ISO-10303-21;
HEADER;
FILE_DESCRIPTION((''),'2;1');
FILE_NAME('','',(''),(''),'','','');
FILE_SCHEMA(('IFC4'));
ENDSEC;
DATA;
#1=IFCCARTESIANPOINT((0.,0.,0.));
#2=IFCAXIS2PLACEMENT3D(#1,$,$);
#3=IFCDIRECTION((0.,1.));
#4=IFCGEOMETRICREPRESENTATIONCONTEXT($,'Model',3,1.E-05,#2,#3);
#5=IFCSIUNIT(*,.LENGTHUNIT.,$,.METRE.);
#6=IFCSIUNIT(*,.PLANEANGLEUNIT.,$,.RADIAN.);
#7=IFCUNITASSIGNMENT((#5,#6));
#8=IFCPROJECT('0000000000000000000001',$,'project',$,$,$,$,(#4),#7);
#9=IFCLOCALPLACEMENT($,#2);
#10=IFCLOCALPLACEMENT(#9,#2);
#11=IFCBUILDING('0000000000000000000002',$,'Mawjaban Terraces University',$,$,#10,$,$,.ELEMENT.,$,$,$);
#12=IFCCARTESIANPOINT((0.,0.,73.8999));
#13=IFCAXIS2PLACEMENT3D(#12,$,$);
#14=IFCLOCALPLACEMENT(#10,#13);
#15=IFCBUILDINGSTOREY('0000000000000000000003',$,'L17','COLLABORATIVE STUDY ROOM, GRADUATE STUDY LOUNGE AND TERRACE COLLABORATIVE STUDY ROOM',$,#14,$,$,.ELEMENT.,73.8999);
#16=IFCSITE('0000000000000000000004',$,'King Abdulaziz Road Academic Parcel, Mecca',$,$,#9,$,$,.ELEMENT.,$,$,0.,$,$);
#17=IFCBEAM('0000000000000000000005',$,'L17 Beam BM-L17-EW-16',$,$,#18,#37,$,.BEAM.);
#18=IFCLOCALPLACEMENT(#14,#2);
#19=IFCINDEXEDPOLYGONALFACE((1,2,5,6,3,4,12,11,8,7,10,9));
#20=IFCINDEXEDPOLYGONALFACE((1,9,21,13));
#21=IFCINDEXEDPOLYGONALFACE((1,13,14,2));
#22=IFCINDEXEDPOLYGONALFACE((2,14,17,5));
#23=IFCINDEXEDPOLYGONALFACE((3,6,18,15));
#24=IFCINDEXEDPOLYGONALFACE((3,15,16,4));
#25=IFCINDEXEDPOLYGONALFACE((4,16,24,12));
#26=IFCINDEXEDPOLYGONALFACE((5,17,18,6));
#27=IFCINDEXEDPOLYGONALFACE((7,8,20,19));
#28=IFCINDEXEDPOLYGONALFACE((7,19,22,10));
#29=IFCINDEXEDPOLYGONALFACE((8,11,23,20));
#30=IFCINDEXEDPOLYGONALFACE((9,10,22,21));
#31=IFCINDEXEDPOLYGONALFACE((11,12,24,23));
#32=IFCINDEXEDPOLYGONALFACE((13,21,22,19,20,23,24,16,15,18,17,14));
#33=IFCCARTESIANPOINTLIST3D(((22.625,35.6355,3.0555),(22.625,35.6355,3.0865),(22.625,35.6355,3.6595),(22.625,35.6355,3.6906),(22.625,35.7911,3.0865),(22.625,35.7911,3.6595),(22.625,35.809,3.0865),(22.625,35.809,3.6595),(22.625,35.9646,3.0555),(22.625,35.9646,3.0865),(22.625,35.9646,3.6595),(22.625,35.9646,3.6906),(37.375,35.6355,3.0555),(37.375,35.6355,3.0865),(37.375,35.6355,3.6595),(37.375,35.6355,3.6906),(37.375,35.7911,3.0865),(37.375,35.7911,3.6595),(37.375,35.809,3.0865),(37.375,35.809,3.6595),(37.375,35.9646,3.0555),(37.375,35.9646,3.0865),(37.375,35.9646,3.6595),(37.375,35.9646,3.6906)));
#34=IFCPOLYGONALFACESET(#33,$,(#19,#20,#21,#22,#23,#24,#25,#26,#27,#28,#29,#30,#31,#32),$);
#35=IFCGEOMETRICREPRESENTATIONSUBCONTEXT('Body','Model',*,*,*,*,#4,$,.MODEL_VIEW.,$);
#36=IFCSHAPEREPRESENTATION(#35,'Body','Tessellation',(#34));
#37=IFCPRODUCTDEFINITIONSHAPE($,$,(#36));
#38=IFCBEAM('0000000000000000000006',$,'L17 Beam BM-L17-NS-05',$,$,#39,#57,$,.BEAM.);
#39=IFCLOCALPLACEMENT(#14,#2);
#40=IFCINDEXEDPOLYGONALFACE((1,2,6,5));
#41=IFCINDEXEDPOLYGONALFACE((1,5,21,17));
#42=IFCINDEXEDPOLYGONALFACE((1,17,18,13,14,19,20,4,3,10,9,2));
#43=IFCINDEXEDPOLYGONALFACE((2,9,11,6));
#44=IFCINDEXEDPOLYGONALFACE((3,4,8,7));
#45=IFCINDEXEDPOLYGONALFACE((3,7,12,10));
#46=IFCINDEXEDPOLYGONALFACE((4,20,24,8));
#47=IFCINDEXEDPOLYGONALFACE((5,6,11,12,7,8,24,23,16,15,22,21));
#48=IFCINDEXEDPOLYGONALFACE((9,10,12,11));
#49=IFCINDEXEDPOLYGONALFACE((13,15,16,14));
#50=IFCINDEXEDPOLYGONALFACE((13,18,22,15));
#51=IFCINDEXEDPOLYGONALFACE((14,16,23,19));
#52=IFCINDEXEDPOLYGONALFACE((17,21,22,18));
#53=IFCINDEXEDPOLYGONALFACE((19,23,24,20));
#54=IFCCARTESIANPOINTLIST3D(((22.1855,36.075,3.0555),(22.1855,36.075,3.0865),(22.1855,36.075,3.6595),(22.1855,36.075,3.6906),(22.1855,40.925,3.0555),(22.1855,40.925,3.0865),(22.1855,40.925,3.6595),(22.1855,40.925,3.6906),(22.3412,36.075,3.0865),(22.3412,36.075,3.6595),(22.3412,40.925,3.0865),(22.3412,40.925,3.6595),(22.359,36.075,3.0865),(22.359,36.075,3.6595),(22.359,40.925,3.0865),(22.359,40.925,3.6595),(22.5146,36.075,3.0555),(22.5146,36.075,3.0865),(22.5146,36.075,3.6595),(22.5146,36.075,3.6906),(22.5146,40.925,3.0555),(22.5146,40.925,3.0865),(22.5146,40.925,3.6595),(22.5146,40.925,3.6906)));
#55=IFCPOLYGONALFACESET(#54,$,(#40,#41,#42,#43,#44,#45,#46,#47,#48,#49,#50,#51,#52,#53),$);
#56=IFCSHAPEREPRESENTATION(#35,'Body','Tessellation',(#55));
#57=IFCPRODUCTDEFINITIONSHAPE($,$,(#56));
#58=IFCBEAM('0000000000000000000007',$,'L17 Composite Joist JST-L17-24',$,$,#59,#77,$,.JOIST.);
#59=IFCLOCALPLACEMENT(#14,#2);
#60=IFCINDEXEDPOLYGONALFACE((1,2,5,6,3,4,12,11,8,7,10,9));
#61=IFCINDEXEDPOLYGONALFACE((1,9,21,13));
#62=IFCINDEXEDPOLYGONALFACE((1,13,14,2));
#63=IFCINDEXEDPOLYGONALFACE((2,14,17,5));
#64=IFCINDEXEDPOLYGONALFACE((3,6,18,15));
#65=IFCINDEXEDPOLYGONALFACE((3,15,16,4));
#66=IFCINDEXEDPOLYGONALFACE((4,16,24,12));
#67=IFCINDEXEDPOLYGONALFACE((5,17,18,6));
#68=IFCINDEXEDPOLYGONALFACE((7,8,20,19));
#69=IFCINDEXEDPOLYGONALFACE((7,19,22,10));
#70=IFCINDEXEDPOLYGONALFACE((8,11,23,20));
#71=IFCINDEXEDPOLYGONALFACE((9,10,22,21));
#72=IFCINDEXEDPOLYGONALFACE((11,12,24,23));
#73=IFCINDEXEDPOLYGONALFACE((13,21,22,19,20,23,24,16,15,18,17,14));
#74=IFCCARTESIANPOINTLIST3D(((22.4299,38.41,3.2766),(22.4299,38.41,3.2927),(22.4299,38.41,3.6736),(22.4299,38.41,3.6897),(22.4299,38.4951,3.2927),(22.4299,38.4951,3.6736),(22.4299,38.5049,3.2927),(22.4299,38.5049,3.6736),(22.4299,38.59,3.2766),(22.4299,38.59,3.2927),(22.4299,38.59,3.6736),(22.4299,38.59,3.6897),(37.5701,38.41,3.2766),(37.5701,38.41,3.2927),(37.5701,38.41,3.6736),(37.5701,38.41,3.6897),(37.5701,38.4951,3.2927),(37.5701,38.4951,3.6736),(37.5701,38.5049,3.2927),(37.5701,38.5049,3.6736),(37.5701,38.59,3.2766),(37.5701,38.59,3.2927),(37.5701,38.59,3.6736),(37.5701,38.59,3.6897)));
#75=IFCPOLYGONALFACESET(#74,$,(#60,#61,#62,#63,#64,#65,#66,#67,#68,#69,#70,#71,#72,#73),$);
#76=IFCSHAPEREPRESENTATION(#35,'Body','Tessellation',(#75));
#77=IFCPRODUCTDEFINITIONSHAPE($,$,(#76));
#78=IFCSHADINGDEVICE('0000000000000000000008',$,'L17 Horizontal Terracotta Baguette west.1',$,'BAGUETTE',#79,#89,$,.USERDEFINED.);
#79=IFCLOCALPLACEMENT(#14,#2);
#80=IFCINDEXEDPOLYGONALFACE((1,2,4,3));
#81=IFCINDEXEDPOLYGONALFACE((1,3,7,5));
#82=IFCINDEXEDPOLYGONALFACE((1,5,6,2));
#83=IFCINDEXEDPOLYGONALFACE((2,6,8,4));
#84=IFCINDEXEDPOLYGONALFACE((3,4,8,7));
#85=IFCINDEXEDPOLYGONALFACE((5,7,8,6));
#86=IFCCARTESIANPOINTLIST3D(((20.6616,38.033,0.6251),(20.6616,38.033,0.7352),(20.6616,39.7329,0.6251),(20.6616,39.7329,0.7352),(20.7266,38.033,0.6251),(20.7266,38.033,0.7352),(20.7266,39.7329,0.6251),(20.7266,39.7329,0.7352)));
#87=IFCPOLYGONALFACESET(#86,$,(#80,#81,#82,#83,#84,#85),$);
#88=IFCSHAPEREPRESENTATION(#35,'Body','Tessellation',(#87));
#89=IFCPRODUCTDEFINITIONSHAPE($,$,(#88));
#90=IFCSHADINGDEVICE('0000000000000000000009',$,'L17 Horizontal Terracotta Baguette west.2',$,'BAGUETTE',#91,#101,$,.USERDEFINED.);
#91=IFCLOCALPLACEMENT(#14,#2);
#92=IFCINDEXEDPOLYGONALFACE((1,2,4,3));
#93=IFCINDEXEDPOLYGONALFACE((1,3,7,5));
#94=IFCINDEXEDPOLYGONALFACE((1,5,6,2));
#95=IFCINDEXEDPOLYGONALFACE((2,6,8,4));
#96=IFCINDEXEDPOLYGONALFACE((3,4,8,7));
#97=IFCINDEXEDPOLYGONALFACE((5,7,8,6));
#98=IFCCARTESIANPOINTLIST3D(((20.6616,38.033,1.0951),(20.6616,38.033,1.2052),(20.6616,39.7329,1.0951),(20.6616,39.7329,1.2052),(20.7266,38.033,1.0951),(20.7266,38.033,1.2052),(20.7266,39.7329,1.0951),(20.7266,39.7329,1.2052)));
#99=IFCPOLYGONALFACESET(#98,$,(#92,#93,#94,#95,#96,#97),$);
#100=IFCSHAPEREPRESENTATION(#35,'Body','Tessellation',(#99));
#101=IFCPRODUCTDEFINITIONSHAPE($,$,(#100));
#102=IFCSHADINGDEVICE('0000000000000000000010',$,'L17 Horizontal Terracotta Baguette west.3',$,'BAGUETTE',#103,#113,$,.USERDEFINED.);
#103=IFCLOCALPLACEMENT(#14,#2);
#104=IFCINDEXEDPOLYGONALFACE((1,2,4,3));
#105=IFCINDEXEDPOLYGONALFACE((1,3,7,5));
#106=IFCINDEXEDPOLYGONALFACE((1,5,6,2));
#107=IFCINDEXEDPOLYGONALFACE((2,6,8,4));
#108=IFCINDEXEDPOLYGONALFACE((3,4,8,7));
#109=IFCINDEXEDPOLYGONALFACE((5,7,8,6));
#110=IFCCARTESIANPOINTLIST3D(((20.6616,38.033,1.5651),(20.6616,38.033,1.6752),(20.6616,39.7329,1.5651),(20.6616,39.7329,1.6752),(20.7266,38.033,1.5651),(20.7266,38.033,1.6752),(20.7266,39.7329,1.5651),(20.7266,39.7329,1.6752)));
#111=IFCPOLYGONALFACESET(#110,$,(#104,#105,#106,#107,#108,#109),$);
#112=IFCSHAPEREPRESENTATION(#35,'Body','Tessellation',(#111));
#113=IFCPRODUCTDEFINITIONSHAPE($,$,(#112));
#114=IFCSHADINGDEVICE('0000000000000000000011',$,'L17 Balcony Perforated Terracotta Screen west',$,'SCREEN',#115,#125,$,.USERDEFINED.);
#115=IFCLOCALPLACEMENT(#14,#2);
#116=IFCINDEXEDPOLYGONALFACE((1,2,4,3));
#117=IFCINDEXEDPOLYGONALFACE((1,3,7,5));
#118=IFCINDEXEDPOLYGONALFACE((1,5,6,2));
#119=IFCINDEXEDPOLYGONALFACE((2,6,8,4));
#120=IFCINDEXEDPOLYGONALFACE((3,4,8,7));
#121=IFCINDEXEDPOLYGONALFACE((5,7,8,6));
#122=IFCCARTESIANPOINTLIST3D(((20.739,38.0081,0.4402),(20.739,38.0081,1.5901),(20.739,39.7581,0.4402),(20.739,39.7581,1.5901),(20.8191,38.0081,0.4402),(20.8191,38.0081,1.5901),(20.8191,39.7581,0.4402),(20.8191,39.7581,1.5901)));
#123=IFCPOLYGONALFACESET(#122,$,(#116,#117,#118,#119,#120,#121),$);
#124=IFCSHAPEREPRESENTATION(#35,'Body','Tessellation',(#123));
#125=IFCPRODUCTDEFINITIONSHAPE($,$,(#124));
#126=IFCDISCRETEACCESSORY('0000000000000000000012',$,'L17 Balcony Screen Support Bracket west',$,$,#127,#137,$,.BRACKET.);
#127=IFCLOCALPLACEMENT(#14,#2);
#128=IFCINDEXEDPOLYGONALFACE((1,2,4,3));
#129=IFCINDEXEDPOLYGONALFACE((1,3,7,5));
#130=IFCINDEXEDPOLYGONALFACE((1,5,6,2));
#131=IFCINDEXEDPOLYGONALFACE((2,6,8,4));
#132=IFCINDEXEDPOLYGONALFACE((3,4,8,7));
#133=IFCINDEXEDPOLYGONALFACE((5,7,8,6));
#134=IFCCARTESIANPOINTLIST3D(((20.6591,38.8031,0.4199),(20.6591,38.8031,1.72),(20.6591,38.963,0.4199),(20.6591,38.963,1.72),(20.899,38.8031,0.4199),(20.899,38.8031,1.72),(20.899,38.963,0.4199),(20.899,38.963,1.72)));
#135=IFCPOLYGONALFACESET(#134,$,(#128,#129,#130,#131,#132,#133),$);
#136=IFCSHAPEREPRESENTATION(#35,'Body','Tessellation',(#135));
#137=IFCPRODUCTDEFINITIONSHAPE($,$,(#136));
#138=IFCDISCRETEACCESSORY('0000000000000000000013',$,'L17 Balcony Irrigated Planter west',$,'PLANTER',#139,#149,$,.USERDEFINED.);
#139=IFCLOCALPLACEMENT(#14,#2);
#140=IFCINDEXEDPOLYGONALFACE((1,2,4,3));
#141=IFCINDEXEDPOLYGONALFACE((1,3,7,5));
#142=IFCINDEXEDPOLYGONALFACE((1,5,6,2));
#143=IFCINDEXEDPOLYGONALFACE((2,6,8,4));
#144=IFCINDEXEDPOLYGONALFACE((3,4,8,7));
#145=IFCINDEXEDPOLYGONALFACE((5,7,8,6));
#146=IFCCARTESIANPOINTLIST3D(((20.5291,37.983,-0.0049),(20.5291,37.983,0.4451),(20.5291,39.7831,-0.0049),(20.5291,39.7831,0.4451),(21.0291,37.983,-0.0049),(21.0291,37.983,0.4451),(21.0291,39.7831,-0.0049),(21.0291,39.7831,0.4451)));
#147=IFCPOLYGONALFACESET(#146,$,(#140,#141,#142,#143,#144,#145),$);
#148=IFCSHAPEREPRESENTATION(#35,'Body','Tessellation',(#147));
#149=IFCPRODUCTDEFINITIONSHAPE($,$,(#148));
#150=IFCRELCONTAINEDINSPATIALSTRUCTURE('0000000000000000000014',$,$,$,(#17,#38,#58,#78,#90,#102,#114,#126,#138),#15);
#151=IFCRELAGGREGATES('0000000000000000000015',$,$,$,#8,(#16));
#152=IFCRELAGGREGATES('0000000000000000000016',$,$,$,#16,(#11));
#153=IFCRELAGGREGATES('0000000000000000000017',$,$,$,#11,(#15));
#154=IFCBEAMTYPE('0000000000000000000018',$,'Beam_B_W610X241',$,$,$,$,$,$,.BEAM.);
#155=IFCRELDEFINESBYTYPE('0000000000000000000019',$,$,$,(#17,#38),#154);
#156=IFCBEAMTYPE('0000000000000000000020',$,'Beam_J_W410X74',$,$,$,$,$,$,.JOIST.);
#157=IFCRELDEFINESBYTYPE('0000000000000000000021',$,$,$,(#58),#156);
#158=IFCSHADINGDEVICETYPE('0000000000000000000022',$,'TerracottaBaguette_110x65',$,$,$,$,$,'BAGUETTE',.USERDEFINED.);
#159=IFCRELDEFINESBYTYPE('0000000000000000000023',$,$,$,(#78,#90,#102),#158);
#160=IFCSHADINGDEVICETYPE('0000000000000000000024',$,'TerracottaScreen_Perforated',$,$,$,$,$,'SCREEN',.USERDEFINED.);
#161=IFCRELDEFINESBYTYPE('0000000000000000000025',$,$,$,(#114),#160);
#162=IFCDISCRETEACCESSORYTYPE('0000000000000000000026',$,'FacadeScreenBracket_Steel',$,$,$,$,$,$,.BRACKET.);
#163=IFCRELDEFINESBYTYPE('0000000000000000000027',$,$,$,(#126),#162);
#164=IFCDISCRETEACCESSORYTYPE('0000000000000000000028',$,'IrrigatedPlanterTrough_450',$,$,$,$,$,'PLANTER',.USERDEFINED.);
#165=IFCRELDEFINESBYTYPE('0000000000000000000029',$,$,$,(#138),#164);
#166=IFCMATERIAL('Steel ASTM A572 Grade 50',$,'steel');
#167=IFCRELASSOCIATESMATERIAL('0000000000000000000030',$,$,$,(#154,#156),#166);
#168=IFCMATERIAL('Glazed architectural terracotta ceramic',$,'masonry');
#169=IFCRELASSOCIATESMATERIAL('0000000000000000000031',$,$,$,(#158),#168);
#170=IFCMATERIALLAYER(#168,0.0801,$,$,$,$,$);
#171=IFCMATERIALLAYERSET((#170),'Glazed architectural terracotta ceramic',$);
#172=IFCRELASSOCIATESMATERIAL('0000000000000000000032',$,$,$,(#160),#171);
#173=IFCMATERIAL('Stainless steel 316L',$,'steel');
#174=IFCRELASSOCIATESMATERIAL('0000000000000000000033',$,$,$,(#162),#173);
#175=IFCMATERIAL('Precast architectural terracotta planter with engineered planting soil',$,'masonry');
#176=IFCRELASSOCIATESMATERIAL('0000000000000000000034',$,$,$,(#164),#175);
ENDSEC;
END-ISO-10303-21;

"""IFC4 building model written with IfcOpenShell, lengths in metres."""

from ifc_helpers import new_model, si_unit, direction, frame, origin, origin_2d, place, context, subcontext, project, spatial, rectangle, i_section, extrude, material, layer, layer_set, material_profile, profile_set, type_object, element, save


model = new_model("IFC4")

# Units and contexts
model_context = context("Model", 3, precision=1e-05, world=origin(), true_north=direction((0.0, 1.0)))
body_context = subcontext(model_context, "Body", "Model", "MODEL_VIEW")
ifc_project = project(units=[si_unit("LENGTHUNIT", "METRE"), si_unit("PLANEANGLEUNIT", "RADIAN")], contexts=[model_context])

# Site, building, storey
site_placement = place(None, origin())
site = spatial("IfcSite", under=ifc_project, at=site_placement, Name="King Abdulaziz Road Academic Parcel, Mecca", CompositionType="ELEMENT", RefElevation=0.0)
building_placement = place(site_placement, origin())
building = spatial("IfcBuilding", under=site, at=building_placement, Name="Mawjaban Terraces University", CompositionType="ELEMENT")
storey_placement = place(building_placement, frame((0.0, 0.0, 73.8999)))
storey = spatial("IfcBuildingStorey", under=building, at=storey_placement, Name="L17", Description="COLLABORATIVE STUDY ROOM, GRADUATE STUDY LOUNGE AND TERRACE COLLABORATIVE STUDY ROOM", CompositionType="ELEMENT", Elevation=73.8999)

# Beams
ifc_material_1 = material(Name="Steel ASTM A572 Grade 50", Category="steel")
ifc_material_profile_1 = material_profile(ifc_material_1, i_section(OverallWidth=0.3291, OverallDepth=0.635, WebThickness=0.0178, FlangeThickness=0.031, at=origin_2d()), Name="W610X241")
ifc_profile_set_1 = profile_set([ifc_material_profile_1], Name="Steel ASTM A572 Grade 50")
beam_type_1 = type_object("IfcBeamType", Name="Beam_B_W610X241", PredefinedType="BEAM", material=ifc_profile_set_1)
beam_1_placement = place(storey_placement, frame((22.625, 35.8, 3.373), z_axis=(1.0, 0.0, 0.0), x_axis=(0.0, 1.0, 0.0)))
element("IfcBeam", 1, at=beam_1_placement, inside=storey, type_object=beam_type_1, Name="L17 Beam BM-L17-EW-16", PredefinedType="BEAM", context=body_context, shape_type="SweptSolid", body=[
    extrude(i_section(OverallWidth=0.3291, OverallDepth=0.635, WebThickness=0.0178, FlangeThickness=0.031, at=origin_2d()), origin(), (0.0, 0.0, 1.0), 14.75),
])
beam_2_placement = place(storey_placement, frame((22.3501, 36.075, 3.373), z_axis=(0.0, 1.0, 0.0), x_axis=(-1.0, 0.0, 0.0)))
element("IfcBeam", 2, at=beam_2_placement, inside=storey, type_object=beam_type_1, Name="L17 Beam BM-L17-NS-05", PredefinedType="BEAM", context=body_context, shape_type="SweptSolid", body=[
    extrude(i_section(OverallWidth=0.3291, OverallDepth=0.635, WebThickness=0.0178, FlangeThickness=0.031, at=origin_2d()), origin(), (0.0, 0.0, 1.0), 4.8501),
])
ifc_material_profile_2 = material_profile(ifc_material_1, i_section(OverallWidth=0.1799, OverallDepth=0.4131, WebThickness=0.0098, FlangeThickness=0.0161, at=origin_2d()), Name="W410X74")
ifc_profile_set_2 = profile_set([ifc_material_profile_2], Name="Steel ASTM A572 Grade 50")
beam_type_2 = type_object("IfcBeamType", Name="Beam_J_W410X74", PredefinedType="JOIST", material=ifc_profile_set_2)
beam_3_placement = place(storey_placement, frame((22.4299, 38.5, 3.4832), z_axis=(1.0, 0.0, 0.0), x_axis=(0.0, 1.0, 0.0)))
element("IfcBeam", 3, at=beam_3_placement, inside=storey, type_object=beam_type_2, Name="L17 Composite Joist JST-L17-24", PredefinedType="JOIST", context=body_context, shape_type="SweptSolid", body=[
    extrude(i_section(OverallWidth=0.1799, OverallDepth=0.4131, WebThickness=0.0098, FlangeThickness=0.0161, at=origin_2d()), origin(), (0.0, 0.0, 1.0), 15.1401),
])

# Shading devices
ifc_material_2 = material(Name="Glazed architectural terracotta ceramic", Category="masonry")
ifc_material_profile_3 = material_profile(ifc_material_2, rectangle(XDim=0.0649, YDim=0.1101, at=origin_2d()), Name="TBAG110X65")
ifc_profile_set_3 = profile_set([ifc_material_profile_3], Name="Glazed architectural terracotta ceramic")
shading_device_type_1 = type_object("IfcShadingDeviceType", Name="TerracottaBaguette_110x65", ElementType="BAGUETTE", PredefinedType="USERDEFINED", material=ifc_profile_set_3)
for number, where, z_axis, x_axis, name in (
    (4, (20.6941, 38.033, 0.6802), (0.0, 1.0, 0.0), (-1.0, 0.0, 0.0), "L17 Horizontal Terracotta Baguette west.1"),
    (5, (20.6941, 38.033, 1.1501), (0.0, 1.0, 0.0), (-1.0, 0.0, 0.0), "L17 Horizontal Terracotta Baguette west.2"),
    (6, (20.6941, 38.033, 1.6201), (0.0, 1.0, 0.0), (-1.0, 0.0, 0.0), "L17 Horizontal Terracotta Baguette west.3"),
):
    element("IfcShadingDevice", number, at=place(storey_placement, frame(where, z_axis=z_axis, x_axis=x_axis)), inside=storey, type_object=shading_device_type_1, Name=name, ObjectType="BAGUETTE", PredefinedType="USERDEFINED", context=body_context, shape_type="SweptSolid", body=[
        extrude(rectangle(XDim=0.0649, YDim=0.1101, at=origin_2d()), origin(), (0.0, 0.0, 1.0), 1.7),
    ])
ifc_layer = layer(ifc_material_2, 0.0801)
ifc_layer_set = layer_set([ifc_layer], Name="Glazed architectural terracotta ceramic")
shading_device_type_2 = type_object("IfcShadingDeviceType", Name="TerracottaScreen_Perforated", ElementType="SCREEN", PredefinedType="USERDEFINED", material=ifc_layer_set)
shading_device_placement = place(storey_placement, frame((20.7791, 38.8831, 0.4402), z_axis=(0.0, 0.0, 1.0), x_axis=(0.0, 1.0, 0.0)))
element("IfcShadingDevice", 7, at=shading_device_placement, inside=storey, type_object=shading_device_type_2, Name="L17 Balcony Perforated Terracotta Screen west", ObjectType="SCREEN", PredefinedType="USERDEFINED", context=body_context, shape_type="SweptSolid", body=[
    extrude(rectangle(XDim=1.75, YDim=0.0801, at=origin_2d()), origin(), (0.0, 0.0, 1.0), 1.1499),
])

# Discrete accessories
ifc_material_3 = material(Name="Stainless steel 316L", Category="steel")
discrete_accessory_type_1 = type_object("IfcDiscreteAccessoryType", Name="FacadeScreenBracket_Steel", PredefinedType="BRACKET", material=ifc_material_3)
discrete_accessory_1_placement = place(storey_placement, frame((20.7791, 38.8831, 0.4199), z_axis=(0.0, 0.0, 1.0), x_axis=(0.0, 1.0, 0.0)))
element("IfcDiscreteAccessory", 8, at=discrete_accessory_1_placement, inside=storey, type_object=discrete_accessory_type_1, Name="L17 Balcony Screen Support Bracket west", PredefinedType="BRACKET", context=body_context, shape_type="SweptSolid", body=[
    extrude(rectangle(XDim=0.1599, YDim=0.24, at=origin_2d()), origin(), (0.0, 0.0, 1.0), 1.3),
])
ifc_material_4 = material(Name="Precast architectural terracotta planter with engineered planting soil", Category="masonry")
discrete_accessory_type_2 = type_object("IfcDiscreteAccessoryType", Name="IrrigatedPlanterTrough_450", ElementType="PLANTER", PredefinedType="USERDEFINED", material=ifc_material_4)
discrete_accessory_2_placement = place(storey_placement, frame((20.7791, 38.8831, -0.0049), z_axis=(0.0, 0.0, 1.0), x_axis=(0.0, 1.0, 0.0)))
element("IfcDiscreteAccessory", 9, at=discrete_accessory_2_placement, inside=storey, type_object=discrete_accessory_type_2, Name="L17 Balcony Irrigated Planter west", ObjectType="PLANTER", PredefinedType="USERDEFINED", context=body_context, shape_type="SweptSolid", body=[
    extrude(rectangle(XDim=1.8, YDim=0.5, at=origin_2d()), origin(), (0.0, 0.0, 1.0), 0.45),
])

save(model, "model.ifc")
